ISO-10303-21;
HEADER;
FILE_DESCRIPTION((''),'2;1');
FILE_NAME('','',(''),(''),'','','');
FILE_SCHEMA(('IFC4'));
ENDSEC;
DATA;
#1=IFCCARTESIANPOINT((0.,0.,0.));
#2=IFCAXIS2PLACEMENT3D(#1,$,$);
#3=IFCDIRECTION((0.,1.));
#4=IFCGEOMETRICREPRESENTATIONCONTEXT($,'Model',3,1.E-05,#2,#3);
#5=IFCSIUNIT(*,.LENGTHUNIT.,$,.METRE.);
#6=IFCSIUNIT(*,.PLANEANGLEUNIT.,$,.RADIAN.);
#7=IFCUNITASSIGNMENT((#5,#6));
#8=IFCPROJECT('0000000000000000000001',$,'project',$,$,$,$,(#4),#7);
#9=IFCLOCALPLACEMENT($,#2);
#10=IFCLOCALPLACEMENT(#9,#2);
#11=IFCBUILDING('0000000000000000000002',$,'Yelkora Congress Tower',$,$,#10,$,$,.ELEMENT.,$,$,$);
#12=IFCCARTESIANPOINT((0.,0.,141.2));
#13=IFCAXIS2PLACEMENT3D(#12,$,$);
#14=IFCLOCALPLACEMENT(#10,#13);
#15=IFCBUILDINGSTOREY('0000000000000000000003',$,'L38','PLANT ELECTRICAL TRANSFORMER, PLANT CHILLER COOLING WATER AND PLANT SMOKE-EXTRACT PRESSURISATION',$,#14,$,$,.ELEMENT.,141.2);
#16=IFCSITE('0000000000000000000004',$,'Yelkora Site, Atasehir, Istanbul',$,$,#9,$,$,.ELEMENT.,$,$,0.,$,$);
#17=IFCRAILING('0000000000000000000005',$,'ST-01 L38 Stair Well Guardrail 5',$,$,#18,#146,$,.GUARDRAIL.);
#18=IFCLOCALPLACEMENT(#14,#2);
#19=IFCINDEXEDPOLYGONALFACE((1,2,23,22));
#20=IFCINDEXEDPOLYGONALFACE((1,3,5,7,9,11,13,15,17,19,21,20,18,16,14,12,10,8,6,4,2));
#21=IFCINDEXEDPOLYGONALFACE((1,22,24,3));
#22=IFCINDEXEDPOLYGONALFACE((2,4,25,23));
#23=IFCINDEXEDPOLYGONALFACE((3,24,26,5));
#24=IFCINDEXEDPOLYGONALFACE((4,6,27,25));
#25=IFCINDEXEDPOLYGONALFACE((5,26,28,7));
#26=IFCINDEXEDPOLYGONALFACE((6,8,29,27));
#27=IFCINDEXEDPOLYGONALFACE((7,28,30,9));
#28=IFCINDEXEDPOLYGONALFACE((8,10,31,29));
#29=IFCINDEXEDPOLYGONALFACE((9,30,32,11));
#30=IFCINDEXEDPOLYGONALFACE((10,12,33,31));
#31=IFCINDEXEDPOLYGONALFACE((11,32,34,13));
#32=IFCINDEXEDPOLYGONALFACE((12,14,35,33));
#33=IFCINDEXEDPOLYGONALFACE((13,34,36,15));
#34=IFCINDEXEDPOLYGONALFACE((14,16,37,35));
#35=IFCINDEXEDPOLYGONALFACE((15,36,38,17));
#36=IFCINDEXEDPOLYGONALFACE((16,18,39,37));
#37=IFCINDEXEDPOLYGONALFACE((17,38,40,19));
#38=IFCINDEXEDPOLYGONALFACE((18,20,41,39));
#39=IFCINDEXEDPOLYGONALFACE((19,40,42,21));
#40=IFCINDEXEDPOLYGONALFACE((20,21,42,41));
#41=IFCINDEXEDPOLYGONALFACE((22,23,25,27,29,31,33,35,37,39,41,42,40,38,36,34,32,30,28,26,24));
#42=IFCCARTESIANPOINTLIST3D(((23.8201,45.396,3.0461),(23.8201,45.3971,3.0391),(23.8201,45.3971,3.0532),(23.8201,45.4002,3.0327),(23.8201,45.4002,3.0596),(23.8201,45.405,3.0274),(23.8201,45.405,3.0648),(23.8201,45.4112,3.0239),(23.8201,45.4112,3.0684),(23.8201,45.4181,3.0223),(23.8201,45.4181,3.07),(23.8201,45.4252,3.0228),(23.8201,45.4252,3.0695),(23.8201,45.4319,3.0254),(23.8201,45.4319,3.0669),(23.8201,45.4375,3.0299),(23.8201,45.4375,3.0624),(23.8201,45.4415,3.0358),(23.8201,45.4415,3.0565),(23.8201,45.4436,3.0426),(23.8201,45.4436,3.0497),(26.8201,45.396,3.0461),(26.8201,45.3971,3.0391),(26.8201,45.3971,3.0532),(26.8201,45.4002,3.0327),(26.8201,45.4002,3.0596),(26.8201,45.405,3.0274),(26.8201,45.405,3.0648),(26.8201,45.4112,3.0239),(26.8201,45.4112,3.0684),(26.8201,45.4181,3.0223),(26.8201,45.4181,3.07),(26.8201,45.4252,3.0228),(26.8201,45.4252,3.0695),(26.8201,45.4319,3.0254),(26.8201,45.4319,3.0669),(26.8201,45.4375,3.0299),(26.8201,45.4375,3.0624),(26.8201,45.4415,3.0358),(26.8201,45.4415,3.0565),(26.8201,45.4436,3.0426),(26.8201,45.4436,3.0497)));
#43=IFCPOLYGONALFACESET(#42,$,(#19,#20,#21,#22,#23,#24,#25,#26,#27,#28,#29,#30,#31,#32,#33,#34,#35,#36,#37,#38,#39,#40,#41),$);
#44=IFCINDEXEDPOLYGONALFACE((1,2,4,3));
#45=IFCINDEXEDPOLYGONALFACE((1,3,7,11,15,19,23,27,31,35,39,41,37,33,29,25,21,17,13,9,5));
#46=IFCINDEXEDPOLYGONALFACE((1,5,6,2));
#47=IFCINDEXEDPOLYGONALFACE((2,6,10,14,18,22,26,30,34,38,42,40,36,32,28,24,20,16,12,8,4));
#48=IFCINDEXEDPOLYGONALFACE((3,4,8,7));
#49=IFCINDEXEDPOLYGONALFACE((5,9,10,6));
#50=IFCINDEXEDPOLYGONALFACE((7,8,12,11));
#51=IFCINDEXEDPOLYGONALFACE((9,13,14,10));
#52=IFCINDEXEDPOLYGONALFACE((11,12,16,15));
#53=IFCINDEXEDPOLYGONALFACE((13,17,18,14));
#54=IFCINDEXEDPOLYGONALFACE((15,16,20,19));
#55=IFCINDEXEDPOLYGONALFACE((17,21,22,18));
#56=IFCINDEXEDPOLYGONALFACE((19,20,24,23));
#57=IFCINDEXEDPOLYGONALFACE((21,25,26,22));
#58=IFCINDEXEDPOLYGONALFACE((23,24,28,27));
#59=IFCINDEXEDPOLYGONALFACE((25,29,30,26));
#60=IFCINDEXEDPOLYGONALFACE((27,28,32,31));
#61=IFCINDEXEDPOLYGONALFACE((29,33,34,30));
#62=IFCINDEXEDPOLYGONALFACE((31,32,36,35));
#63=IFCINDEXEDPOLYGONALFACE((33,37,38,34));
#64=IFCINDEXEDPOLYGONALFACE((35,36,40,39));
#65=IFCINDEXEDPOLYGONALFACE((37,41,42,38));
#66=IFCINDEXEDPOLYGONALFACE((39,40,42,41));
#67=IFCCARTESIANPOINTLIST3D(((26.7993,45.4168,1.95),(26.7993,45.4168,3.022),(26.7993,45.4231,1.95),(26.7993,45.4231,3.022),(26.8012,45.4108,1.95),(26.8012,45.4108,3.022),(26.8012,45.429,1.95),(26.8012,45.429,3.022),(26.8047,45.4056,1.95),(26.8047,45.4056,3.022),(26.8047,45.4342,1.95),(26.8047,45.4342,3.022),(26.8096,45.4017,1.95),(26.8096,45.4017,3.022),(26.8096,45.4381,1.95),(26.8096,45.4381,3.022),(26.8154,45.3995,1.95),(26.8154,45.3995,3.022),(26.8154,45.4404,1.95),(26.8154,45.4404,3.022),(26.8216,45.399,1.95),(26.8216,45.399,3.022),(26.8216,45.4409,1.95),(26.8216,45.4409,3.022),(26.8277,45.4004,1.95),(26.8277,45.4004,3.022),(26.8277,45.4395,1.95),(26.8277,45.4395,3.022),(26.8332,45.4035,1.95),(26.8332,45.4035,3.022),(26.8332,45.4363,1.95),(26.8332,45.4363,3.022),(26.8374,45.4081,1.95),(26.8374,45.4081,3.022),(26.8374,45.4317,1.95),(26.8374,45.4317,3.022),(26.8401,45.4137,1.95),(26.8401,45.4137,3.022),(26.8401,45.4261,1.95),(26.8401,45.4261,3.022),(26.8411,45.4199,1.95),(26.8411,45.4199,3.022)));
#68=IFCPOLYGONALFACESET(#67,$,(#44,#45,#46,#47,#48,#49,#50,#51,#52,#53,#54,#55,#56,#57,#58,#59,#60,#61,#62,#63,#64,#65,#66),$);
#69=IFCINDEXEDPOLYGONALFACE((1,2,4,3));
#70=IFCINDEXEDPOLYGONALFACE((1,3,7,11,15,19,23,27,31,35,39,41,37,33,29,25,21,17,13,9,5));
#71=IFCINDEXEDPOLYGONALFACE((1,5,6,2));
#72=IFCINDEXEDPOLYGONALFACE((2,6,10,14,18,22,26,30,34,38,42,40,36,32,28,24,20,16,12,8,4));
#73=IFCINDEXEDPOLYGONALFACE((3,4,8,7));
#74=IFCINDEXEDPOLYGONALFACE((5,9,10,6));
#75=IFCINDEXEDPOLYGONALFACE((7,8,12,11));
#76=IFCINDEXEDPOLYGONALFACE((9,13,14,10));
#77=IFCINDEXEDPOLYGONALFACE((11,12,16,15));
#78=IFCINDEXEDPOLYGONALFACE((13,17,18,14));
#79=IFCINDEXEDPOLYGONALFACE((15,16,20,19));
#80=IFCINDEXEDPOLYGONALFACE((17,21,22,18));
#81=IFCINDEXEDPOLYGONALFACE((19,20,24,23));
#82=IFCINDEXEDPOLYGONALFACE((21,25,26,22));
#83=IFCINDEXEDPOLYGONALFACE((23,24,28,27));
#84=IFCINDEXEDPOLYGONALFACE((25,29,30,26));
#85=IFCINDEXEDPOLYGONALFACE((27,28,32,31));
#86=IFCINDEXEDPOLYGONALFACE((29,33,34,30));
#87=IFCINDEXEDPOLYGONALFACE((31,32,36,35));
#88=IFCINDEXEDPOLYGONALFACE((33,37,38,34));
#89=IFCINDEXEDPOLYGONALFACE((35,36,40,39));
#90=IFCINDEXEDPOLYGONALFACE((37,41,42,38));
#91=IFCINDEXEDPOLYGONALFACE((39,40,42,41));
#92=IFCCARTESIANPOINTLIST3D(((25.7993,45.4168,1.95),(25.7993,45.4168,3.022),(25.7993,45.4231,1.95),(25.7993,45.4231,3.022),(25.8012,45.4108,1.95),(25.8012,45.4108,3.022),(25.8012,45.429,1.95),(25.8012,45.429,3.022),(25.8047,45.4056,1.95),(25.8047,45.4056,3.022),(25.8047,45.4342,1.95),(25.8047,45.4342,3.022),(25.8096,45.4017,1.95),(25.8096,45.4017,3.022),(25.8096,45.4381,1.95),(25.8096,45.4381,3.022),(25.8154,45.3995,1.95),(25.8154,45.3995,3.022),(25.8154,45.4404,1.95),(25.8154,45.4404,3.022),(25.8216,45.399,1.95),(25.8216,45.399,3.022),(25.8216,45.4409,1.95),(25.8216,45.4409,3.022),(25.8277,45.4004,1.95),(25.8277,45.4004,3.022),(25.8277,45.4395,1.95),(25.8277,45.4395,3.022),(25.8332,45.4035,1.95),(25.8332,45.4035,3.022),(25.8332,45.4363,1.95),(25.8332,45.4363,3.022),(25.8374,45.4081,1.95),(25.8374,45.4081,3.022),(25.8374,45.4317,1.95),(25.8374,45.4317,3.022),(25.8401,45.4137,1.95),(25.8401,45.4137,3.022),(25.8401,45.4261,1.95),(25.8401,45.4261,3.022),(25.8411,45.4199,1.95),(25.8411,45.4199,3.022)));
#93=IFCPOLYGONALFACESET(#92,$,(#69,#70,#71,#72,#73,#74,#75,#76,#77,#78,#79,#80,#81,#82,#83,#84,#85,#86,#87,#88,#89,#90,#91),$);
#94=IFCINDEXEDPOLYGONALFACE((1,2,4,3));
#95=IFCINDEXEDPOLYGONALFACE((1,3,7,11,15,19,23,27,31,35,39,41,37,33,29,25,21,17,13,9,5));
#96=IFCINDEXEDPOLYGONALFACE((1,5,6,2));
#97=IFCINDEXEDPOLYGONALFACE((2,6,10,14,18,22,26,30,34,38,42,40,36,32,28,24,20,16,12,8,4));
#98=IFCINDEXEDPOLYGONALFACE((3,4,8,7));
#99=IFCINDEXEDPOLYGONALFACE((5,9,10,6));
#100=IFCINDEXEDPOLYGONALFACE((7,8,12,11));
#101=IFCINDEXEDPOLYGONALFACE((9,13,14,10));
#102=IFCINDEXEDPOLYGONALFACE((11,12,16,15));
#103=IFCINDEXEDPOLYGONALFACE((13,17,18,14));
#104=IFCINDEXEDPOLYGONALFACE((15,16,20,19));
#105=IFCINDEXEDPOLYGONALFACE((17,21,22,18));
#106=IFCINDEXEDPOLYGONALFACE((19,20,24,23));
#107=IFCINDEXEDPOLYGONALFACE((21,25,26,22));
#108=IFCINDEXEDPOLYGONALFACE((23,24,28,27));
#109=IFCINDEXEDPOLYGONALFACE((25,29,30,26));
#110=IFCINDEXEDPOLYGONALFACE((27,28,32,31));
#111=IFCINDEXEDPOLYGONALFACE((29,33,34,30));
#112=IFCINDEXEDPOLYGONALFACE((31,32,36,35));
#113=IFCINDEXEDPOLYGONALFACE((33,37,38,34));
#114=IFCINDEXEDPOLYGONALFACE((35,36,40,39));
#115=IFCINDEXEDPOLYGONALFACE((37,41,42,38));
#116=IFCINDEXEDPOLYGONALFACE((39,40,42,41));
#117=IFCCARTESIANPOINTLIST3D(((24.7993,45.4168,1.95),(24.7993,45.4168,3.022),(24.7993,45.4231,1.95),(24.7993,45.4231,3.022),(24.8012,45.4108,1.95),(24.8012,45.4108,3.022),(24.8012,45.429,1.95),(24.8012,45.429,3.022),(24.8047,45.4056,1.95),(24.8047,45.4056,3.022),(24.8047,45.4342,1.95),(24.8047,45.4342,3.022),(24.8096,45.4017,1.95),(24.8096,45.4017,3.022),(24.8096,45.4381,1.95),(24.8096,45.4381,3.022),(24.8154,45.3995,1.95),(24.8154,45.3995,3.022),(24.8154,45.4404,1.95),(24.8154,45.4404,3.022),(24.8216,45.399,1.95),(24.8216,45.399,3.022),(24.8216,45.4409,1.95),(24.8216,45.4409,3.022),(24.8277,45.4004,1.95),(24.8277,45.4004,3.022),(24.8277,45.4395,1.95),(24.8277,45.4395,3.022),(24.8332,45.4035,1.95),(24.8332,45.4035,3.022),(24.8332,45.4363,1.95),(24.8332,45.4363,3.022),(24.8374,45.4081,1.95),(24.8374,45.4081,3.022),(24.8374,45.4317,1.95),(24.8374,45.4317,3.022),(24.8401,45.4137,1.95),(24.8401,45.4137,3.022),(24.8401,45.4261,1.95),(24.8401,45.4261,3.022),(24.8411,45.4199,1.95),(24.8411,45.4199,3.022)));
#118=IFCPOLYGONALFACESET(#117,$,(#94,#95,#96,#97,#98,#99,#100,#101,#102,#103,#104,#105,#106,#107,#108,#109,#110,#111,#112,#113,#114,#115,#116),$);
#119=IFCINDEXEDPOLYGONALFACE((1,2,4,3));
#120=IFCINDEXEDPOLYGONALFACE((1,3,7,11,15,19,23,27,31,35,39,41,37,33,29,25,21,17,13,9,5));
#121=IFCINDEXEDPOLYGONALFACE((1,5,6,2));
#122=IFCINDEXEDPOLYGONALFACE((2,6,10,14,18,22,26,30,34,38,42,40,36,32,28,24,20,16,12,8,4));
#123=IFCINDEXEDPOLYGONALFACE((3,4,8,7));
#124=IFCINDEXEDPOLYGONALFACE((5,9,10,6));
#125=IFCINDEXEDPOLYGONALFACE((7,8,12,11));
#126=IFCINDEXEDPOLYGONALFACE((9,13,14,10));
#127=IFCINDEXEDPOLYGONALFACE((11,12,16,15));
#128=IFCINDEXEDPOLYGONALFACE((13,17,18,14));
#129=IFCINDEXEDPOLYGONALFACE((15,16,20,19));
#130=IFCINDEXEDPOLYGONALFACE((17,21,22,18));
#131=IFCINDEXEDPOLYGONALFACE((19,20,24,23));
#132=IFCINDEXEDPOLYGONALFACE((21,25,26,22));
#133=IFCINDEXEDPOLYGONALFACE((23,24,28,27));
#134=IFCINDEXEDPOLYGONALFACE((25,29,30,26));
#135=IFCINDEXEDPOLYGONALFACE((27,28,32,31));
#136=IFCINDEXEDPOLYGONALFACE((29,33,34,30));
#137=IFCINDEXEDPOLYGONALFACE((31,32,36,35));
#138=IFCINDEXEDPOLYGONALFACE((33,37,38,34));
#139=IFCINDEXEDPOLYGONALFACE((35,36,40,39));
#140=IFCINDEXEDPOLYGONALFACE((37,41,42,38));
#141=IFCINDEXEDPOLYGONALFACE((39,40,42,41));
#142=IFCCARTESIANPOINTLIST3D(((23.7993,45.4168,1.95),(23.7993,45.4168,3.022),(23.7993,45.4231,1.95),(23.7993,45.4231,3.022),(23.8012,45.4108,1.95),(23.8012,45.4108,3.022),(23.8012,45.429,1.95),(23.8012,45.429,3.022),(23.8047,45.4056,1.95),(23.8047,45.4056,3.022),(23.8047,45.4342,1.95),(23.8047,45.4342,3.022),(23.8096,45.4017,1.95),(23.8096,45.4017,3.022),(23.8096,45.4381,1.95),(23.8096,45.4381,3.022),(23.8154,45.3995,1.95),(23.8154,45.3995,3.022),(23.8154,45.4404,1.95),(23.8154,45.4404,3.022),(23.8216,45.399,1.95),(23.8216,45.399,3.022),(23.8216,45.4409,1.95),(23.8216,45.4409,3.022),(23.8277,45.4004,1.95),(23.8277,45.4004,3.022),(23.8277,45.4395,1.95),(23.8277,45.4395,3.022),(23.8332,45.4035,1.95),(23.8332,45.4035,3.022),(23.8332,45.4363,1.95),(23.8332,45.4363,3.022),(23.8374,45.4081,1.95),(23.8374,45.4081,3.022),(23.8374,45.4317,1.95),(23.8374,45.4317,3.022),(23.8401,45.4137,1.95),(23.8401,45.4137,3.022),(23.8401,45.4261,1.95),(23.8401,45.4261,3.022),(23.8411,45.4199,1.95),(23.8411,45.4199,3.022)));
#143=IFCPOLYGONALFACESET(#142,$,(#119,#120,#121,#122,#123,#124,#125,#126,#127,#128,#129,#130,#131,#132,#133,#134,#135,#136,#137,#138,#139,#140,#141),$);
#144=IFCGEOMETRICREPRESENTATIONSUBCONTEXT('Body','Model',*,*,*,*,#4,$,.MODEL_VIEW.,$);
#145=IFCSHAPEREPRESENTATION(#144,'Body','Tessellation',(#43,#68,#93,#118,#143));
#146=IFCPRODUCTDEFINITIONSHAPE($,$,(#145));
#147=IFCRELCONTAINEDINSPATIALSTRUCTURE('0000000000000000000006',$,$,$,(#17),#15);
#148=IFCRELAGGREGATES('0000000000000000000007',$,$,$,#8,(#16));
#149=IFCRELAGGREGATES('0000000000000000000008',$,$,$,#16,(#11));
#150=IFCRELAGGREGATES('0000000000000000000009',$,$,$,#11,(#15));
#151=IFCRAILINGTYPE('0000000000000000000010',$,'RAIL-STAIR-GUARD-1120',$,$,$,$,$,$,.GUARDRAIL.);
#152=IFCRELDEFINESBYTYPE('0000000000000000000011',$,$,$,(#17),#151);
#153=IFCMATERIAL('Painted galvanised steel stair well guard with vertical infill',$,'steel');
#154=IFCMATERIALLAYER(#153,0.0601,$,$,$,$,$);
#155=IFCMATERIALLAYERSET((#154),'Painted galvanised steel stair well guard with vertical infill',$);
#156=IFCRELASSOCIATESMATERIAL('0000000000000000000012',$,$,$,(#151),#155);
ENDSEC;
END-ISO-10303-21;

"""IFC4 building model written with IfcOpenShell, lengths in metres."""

from ifc_helpers import new_model, si_unit, direction, frame, origin, origin_2d, place, context, subcontext, project, spatial, circle, extrude, material, layer, layer_set, type_object, element, save


model = new_model("IFC4")

# Units and contexts
model_context = context("Model", 3, precision=1e-05, world=origin(), true_north=direction((0.0, 1.0)))
body_context = subcontext(model_context, "Body", "Model", "MODEL_VIEW")
ifc_project = project(units=[si_unit("LENGTHUNIT", "METRE"), si_unit("PLANEANGLEUNIT", "RADIAN")], contexts=[model_context])

# Site, building, storey
site_placement = place(None, origin())
site = spatial("IfcSite", under=ifc_project, at=site_placement, Name="Yelkora Site, Atasehir, Istanbul", CompositionType="ELEMENT", RefElevation=0.0)
building_placement = place(site_placement, origin())
building = spatial("IfcBuilding", under=site, at=building_placement, Name="Yelkora Congress Tower", CompositionType="ELEMENT")
storey_placement = place(building_placement, frame((0.0, 0.0, 141.2)))
storey = spatial("IfcBuildingStorey", under=building, at=storey_placement, Name="L38", Description="PLANT ELECTRICAL TRANSFORMER, PLANT CHILLER COOLING WATER AND PLANT SMOKE-EXTRACT PRESSURISATION", CompositionType="ELEMENT", Elevation=141.2)

# Railing
ifc_material_1 = material(Name="Painted galvanised steel stair well guard with vertical infill", Category="steel")
ifc_layer_1 = layer(ifc_material_1, 0.0601)
ifc_layer_set_1 = layer_set([ifc_layer_1], Name="Painted galvanised steel stair well guard with vertical infill")
railing_type_1 = type_object("IfcRailingType", Name="RAIL-STAIR-GUARD-1120", PredefinedType="GUARDRAIL", material=ifc_layer_set_1)
railing_1_placement = place(storey_placement, frame((26.8201, 45.4199, 1.95)))
element("IfcRailing", 1, at=railing_1_placement, inside=storey, type_object=railing_type_1, Name="ST-01 L38 Stair Well Guardrail 5", PredefinedType="GUARDRAIL", context=body_context, shape_type="SweptSolid", body=[
    extrude(circle(Radius=0.0239, at=origin_2d()), frame((0.0, 0.0, 1.0962), z_axis=(-1.0, 0.0, 0.0), x_axis=(0.0, -1.0, 0.0)), (0.0, 0.0, 1.0), 3.0),
    extrude(circle(Radius=0.021, at=origin_2d()), origin(), (0.0, 0.0, 1.0), 1.072),
    extrude(circle(Radius=0.021, at=origin_2d()), frame((-1.0, 0.0, 0.0)), (0.0, 0.0, 1.0), 1.072),
    extrude(circle(Radius=0.021, at=origin_2d()), frame((-2.0, 0.0, 0.0)), (0.0, 0.0, 1.0), 1.072),
    extrude(circle(Radius=0.021, at=origin_2d()), frame((-3.0, 0.0, 0.0)), (0.0, 0.0, 1.0), 1.072),
])

save(model, "model.ifc")
